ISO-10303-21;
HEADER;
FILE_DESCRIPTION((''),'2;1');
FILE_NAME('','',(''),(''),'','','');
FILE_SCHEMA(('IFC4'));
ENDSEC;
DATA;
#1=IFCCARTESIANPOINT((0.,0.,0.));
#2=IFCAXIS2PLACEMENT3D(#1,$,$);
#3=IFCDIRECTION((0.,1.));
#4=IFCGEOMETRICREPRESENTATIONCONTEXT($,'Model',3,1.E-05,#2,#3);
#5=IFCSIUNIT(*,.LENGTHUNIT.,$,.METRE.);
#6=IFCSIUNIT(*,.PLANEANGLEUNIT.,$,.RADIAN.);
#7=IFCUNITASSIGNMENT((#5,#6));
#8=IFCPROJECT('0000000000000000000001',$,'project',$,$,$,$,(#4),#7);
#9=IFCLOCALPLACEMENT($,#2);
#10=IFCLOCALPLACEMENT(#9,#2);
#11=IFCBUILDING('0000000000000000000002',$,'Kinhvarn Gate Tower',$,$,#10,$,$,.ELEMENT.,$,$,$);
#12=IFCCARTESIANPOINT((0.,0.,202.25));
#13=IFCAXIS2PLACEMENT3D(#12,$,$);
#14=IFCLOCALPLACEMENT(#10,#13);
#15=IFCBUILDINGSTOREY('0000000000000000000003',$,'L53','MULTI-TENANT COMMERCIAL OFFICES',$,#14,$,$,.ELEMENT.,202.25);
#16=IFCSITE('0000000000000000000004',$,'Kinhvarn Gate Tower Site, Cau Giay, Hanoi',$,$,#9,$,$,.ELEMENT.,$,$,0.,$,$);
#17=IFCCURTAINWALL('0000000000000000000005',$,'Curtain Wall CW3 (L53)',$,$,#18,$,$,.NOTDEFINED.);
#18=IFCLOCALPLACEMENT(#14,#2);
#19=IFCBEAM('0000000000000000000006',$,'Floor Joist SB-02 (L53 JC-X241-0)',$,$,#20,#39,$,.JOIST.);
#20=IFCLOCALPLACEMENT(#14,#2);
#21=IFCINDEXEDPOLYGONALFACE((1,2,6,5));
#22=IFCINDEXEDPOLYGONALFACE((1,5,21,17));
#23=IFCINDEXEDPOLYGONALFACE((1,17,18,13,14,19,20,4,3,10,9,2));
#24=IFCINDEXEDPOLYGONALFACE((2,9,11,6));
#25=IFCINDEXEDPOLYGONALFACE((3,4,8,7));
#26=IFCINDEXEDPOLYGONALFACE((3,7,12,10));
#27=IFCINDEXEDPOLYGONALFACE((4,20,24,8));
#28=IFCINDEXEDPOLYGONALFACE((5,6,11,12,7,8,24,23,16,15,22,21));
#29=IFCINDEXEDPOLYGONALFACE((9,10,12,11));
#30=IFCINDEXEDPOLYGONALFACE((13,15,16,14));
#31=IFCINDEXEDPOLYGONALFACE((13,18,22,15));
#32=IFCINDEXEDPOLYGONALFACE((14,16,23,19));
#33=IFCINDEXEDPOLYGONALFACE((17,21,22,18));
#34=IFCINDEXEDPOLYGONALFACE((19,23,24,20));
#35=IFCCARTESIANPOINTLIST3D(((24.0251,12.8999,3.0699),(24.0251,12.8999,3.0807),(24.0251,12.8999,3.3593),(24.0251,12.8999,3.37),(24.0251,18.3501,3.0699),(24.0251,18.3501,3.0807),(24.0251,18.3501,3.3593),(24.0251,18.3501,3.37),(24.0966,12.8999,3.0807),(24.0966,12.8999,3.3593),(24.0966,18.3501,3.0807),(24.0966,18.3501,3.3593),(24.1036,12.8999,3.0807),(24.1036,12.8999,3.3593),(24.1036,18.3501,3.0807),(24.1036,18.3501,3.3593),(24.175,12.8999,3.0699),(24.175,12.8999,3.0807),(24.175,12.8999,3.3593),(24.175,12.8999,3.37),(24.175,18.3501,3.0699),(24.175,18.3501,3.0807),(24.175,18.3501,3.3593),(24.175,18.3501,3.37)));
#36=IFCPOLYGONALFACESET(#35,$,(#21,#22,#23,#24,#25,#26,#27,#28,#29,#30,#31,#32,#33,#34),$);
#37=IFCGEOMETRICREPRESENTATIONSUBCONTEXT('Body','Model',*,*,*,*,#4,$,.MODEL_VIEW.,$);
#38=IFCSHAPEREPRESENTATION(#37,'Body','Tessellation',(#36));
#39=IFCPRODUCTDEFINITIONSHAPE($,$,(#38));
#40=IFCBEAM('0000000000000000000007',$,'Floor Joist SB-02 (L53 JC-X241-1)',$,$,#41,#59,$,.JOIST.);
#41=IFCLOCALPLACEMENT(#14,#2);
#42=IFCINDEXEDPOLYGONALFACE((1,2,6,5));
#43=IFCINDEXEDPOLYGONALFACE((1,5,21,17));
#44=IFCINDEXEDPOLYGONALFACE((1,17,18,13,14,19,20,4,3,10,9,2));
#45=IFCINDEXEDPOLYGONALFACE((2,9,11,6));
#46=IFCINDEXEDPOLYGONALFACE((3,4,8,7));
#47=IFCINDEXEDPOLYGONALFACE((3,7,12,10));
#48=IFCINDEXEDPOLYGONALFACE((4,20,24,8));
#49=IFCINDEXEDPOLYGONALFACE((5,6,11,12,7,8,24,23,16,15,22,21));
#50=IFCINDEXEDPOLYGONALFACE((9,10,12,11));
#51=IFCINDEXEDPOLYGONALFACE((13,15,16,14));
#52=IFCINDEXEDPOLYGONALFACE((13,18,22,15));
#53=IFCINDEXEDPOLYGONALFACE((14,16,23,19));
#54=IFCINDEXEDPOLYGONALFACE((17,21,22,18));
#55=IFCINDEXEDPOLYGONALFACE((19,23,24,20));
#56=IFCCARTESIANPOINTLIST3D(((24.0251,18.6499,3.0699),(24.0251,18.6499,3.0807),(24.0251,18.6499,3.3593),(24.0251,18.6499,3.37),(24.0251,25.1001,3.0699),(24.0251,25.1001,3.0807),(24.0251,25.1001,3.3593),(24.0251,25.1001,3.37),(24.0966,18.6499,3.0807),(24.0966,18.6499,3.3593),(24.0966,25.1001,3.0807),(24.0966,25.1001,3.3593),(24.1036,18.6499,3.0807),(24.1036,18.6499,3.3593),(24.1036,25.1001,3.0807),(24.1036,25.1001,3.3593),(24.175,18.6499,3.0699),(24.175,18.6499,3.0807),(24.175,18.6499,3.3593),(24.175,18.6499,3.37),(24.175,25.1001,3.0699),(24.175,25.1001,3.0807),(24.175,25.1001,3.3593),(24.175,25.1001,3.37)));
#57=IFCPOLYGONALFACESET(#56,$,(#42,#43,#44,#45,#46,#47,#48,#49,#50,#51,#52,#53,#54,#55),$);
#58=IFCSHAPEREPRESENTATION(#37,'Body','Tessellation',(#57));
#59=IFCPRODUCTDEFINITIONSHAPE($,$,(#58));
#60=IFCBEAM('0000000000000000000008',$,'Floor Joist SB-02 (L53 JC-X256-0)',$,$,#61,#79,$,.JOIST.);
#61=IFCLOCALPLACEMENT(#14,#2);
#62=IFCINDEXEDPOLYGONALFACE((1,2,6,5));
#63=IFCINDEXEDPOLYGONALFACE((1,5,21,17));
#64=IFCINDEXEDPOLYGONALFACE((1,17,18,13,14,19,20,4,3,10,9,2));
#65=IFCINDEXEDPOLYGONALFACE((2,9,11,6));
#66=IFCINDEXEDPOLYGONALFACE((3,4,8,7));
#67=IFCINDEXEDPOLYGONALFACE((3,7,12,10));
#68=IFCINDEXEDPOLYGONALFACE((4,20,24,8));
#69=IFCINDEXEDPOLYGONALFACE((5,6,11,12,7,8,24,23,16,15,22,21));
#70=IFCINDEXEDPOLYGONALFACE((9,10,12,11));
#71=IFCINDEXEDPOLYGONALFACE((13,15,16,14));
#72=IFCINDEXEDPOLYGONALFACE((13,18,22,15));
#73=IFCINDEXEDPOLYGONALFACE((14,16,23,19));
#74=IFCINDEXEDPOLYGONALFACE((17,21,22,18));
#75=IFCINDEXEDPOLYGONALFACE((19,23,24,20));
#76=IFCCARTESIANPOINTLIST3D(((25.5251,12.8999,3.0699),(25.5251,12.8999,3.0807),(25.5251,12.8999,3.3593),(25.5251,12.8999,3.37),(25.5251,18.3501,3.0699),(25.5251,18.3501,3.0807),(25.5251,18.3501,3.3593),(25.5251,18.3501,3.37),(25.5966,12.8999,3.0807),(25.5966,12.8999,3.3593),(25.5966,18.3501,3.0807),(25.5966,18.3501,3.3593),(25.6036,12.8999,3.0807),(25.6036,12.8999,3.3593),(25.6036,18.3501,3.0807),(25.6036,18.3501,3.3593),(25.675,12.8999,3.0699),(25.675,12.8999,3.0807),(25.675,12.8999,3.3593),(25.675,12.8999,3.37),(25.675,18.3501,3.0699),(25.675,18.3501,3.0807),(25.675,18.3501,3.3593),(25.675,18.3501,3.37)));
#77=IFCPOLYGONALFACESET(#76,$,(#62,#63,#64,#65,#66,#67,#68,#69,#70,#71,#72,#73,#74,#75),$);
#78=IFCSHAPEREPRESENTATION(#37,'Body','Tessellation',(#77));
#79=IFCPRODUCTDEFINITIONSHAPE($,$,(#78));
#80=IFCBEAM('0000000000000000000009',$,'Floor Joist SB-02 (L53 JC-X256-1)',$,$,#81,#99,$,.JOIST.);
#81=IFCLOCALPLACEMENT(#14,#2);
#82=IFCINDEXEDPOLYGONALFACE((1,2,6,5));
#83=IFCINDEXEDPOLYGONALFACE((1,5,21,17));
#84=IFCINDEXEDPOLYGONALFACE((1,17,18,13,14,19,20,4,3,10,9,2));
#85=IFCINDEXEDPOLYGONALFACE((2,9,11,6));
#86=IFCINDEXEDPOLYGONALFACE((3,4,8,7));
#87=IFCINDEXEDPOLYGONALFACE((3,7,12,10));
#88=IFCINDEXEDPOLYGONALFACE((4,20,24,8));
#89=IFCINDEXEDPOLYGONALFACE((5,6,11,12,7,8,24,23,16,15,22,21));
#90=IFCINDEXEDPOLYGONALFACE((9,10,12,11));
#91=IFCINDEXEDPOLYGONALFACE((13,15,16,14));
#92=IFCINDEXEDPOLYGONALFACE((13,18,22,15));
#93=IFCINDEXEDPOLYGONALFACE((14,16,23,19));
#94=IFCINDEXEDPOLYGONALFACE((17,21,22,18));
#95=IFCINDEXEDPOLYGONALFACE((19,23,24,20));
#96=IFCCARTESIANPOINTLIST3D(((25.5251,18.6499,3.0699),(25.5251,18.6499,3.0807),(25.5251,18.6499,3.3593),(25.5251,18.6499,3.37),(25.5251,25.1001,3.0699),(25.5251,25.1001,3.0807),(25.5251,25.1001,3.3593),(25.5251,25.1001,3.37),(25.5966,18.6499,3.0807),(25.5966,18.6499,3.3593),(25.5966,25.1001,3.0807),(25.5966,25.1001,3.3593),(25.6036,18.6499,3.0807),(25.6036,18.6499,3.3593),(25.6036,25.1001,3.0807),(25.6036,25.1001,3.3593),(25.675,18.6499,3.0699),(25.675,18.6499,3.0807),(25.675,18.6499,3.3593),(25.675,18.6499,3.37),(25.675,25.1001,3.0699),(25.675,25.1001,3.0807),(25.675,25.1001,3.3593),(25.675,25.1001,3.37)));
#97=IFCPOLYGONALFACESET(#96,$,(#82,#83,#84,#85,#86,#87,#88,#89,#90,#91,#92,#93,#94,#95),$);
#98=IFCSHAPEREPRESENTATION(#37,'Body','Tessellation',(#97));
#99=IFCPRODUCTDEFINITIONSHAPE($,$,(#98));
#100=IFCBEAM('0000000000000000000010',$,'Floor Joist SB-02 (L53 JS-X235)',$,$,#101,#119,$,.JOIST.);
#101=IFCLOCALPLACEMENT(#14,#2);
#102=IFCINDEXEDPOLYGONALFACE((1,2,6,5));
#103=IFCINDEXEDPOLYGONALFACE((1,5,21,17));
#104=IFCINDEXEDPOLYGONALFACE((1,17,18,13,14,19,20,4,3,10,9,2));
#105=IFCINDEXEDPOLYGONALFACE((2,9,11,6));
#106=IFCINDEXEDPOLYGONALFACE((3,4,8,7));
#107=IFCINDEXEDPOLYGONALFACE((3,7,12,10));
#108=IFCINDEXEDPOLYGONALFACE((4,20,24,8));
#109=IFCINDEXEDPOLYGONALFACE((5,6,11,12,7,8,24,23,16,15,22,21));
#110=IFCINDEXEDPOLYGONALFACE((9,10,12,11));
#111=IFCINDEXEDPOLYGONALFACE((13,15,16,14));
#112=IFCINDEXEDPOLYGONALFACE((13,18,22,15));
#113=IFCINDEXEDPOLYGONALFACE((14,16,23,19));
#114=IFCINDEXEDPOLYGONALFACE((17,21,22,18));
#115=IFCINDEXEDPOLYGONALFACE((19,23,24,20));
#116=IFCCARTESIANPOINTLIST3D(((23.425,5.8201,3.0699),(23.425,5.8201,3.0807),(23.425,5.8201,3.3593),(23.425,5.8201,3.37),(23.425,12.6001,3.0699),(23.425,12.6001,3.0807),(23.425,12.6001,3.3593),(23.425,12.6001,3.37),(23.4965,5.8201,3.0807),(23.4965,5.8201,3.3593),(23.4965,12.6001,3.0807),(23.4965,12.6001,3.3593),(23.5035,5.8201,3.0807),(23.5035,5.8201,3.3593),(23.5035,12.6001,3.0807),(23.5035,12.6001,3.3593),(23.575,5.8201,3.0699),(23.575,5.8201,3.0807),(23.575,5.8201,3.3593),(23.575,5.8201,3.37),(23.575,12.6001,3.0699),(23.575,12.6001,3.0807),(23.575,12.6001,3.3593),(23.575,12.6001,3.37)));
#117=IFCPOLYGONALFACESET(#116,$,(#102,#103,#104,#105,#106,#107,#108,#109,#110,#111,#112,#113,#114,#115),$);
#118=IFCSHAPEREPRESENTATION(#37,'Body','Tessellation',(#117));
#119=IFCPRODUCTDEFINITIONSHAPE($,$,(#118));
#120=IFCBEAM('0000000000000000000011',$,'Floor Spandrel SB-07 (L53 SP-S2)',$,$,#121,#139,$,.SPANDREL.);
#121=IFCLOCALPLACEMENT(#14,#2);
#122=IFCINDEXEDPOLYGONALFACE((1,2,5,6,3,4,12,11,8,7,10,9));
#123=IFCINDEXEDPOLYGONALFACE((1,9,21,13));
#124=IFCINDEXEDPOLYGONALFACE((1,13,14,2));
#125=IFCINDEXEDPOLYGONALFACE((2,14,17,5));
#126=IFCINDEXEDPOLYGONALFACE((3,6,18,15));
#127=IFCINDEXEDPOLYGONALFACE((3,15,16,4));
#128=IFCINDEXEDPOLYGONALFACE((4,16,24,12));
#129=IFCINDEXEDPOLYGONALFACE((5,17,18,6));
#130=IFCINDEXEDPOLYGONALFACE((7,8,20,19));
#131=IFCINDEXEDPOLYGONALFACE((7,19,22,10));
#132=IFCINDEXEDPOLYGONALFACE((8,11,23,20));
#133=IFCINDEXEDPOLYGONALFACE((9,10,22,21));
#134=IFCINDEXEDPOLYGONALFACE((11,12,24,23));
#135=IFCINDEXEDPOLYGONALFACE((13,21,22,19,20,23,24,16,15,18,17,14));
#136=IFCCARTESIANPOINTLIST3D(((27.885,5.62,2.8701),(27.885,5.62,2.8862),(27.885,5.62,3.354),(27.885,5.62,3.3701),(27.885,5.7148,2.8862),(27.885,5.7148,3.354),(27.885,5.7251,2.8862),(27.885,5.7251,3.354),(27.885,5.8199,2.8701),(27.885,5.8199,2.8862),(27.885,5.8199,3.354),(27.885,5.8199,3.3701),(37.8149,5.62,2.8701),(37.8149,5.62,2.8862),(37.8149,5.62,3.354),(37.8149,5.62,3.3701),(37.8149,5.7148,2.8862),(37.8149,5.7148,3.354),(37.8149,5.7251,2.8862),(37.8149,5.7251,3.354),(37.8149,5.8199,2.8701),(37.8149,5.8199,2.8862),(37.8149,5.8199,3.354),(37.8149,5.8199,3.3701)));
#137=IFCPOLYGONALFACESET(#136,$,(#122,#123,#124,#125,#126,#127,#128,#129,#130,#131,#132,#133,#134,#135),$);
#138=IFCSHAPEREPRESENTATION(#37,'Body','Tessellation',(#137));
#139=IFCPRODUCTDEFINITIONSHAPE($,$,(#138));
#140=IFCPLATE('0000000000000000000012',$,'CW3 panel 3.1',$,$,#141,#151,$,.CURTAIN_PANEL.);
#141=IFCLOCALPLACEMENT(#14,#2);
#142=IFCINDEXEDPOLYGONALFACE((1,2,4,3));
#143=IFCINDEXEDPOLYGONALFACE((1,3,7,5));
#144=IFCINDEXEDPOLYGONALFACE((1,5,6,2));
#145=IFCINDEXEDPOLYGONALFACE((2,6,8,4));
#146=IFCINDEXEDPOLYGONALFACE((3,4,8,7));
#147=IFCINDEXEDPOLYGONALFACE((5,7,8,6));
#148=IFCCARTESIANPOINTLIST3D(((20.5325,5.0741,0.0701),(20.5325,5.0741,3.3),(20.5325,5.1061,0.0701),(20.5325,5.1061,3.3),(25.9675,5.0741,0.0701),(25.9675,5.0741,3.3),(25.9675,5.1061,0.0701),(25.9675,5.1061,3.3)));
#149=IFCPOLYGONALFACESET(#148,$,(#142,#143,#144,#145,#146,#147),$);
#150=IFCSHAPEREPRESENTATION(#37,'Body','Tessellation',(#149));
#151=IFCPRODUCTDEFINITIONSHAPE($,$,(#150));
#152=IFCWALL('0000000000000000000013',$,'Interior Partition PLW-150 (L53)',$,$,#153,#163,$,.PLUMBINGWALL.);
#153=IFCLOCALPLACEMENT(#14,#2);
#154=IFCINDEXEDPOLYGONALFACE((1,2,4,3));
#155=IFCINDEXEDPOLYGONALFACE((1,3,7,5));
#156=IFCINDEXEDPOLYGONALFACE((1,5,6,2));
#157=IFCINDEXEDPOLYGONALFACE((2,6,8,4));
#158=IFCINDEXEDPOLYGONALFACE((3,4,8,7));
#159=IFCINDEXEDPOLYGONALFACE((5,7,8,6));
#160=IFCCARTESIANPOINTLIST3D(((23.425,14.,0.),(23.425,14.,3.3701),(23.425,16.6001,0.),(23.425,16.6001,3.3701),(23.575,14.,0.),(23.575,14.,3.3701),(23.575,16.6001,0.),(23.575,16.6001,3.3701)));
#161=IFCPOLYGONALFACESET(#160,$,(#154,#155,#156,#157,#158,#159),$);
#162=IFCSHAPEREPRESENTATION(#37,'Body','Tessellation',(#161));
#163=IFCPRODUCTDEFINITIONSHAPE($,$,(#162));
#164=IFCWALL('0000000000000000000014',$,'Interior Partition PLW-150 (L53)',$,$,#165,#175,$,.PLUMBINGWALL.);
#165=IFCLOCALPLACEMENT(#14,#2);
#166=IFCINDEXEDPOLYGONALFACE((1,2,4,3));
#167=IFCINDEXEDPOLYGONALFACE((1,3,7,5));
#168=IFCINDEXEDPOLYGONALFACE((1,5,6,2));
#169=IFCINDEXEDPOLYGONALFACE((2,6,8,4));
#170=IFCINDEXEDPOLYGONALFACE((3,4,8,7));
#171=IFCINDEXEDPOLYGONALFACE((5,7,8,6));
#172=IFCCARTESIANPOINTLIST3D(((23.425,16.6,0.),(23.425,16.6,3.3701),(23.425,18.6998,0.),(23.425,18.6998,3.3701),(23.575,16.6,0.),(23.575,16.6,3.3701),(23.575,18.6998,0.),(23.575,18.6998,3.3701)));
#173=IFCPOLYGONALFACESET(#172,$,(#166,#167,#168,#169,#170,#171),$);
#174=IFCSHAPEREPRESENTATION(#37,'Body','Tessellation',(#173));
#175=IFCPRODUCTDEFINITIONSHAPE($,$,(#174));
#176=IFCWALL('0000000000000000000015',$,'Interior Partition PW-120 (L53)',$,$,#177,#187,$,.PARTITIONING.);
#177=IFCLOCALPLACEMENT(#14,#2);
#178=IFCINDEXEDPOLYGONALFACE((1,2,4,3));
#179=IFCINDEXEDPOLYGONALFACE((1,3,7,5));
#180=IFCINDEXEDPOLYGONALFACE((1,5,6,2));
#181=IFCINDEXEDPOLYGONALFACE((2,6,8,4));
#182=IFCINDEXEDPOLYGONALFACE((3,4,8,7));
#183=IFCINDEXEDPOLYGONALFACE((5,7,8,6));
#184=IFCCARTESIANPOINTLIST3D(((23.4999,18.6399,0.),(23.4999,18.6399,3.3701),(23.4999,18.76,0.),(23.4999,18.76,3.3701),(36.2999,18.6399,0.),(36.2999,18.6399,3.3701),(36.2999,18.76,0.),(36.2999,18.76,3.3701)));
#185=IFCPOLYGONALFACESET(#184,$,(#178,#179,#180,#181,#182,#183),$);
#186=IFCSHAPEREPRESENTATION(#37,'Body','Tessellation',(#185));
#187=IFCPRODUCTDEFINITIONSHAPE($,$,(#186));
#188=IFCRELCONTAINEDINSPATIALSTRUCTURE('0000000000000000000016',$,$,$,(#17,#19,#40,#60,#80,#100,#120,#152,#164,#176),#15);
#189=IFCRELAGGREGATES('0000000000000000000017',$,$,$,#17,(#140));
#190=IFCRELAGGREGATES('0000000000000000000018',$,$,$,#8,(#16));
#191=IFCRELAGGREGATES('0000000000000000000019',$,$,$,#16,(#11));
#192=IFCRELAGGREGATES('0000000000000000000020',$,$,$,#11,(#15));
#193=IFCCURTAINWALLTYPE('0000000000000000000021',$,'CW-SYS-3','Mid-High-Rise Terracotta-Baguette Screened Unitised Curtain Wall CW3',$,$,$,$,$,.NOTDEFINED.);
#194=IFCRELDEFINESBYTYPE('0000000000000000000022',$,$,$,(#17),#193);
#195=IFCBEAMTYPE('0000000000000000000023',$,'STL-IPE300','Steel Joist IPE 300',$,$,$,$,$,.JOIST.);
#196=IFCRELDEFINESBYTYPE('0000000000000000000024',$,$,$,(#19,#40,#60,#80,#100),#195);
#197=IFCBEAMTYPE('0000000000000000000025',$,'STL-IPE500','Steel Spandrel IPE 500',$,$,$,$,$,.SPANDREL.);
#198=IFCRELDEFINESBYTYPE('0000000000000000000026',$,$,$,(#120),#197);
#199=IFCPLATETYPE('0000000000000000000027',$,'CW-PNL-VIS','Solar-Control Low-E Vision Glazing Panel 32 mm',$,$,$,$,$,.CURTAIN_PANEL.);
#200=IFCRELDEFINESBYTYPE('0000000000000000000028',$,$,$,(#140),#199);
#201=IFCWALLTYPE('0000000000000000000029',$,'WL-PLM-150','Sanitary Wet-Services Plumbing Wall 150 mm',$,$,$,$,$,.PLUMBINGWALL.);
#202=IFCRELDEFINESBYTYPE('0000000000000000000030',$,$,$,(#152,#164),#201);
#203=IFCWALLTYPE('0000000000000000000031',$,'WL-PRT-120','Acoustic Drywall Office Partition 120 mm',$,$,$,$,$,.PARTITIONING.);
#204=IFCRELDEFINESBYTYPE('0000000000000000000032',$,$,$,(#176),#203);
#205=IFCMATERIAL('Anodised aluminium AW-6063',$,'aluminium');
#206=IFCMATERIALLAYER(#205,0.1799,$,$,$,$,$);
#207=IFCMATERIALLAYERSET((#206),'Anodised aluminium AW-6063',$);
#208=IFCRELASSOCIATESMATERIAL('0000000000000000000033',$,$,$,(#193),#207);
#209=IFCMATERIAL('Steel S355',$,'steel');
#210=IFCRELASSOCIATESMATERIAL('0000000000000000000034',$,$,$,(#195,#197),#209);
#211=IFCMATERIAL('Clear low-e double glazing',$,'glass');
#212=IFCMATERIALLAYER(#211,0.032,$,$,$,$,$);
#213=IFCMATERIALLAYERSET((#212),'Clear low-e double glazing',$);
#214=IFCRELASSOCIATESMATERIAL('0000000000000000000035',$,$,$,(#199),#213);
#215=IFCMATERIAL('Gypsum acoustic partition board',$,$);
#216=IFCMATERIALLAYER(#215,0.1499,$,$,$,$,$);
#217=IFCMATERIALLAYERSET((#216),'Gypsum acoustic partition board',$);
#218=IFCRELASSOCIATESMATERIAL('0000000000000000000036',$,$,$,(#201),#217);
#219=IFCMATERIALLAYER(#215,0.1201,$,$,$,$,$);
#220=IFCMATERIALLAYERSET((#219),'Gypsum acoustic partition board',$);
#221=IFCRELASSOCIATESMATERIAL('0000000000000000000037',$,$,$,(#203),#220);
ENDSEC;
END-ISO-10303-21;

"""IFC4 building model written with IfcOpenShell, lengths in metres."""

from ifc_helpers import new_model, si_unit, direction, frame, frame_2d, origin, origin_2d, place, context, subcontext, project, spatial, rectangle, i_section, extrude, material, layer, layer_set, material_profile, profile_set, type_object, element, aggregate, save


model = new_model("IFC4")

# Units and contexts
model_context = context("Model", 3, precision=1e-05, world=origin(), true_north=direction((0.0, 1.0)))
body_context = subcontext(model_context, "Body", "Model", "MODEL_VIEW")
ifc_project = project(units=[si_unit("LENGTHUNIT", "METRE"), si_unit("PLANEANGLEUNIT", "RADIAN")], contexts=[model_context])

# Site, building, storey
site_placement = place(None, origin())
site = spatial("IfcSite", under=ifc_project, at=site_placement, Name="Kinhvarn Gate Tower Site, Cau Giay, Hanoi", CompositionType="ELEMENT", RefElevation=0.0)
building_placement = place(site_placement, origin())
building = spatial("IfcBuilding", under=site, at=building_placement, Name="Kinhvarn Gate Tower", CompositionType="ELEMENT")
storey_placement = place(building_placement, frame((0.0, 0.0, 202.25)))
storey = spatial("IfcBuildingStorey", under=building, at=storey_placement, Name="L53", Description="MULTI-TENANT COMMERCIAL OFFICES", CompositionType="ELEMENT", Elevation=202.25)

# Curtain wall
ifc_material_1 = material(Name="Anodised aluminium AW-6063", Category="aluminium")
ifc_layer_1 = layer(ifc_material_1, 0.1799)
ifc_layer_set_1 = layer_set([ifc_layer_1], Name="Anodised aluminium AW-6063")
curtain_wall_type = type_object("IfcCurtainWallType", Name="CW-SYS-3", Description="Mid-High-Rise Terracotta-Baguette Screened Unitised Curtain Wall CW3", PredefinedType="NOTDEFINED", material=ifc_layer_set_1)
curtain_wall_placement = place(storey_placement, origin())
curtain_wall = element("IfcCurtainWall", 1, at=curtain_wall_placement, inside=storey, type_object=curtain_wall_type, Name="Curtain Wall CW3 (L53)", PredefinedType="NOTDEFINED")

# Beams
ifc_material_2 = material(Name="Steel S355", Category="steel")
ifc_material_profile_1 = material_profile(ifc_material_2, i_section(OverallWidth=0.1499, OverallDepth=0.3, WebThickness=0.0071, FlangeThickness=0.0107, at=origin_2d()), Name="IPE 300")
ifc_profile_set_1 = profile_set([ifc_material_profile_1], Name="Steel S355")
beam_type_1 = type_object("IfcBeamType", Name="STL-IPE300", Description="Steel Joist IPE 300", PredefinedType="JOIST", material=ifc_profile_set_1)
beam_1_placement = place(storey_placement, frame((24.1001, 12.8999, 3.22), z_axis=(0.0, 1.0, 0.0), x_axis=(-1.0, 0.0, 0.0)))
element("IfcBeam", 2, at=beam_1_placement, inside=storey, type_object=beam_type_1, Name="Floor Joist SB-02 (L53 JC-X241-0)", PredefinedType="JOIST", context=body_context, shape_type="SweptSolid", body=[
    extrude(i_section(OverallWidth=0.1499, OverallDepth=0.3, WebThickness=0.0071, FlangeThickness=0.0107, at=origin_2d()), origin(), (0.0, 0.0, 1.0), 5.4502),
])
beam_2_placement = place(storey_placement, frame((24.1001, 18.6499, 3.22), z_axis=(0.0, 1.0, 0.0), x_axis=(-1.0, 0.0, 0.0)))
element("IfcBeam", 3, at=beam_2_placement, inside=storey, type_object=beam_type_1, Name="Floor Joist SB-02 (L53 JC-X241-1)", PredefinedType="JOIST", context=body_context, shape_type="SweptSolid", body=[
    extrude(i_section(OverallWidth=0.1499, OverallDepth=0.3, WebThickness=0.0071, FlangeThickness=0.0107, at=origin_2d()), origin(), (0.0, 0.0, 1.0), 6.4502),
])
beam_3_placement = place(storey_placement, frame((25.6001, 12.8999, 3.22), z_axis=(0.0, 1.0, 0.0), x_axis=(-1.0, 0.0, 0.0)))
element("IfcBeam", 4, at=beam_3_placement, inside=storey, type_object=beam_type_1, Name="Floor Joist SB-02 (L53 JC-X256-0)", PredefinedType="JOIST", context=body_context, shape_type="SweptSolid", body=[
    extrude(i_section(OverallWidth=0.1499, OverallDepth=0.3, WebThickness=0.0071, FlangeThickness=0.0107, at=origin_2d()), origin(), (0.0, 0.0, 1.0), 5.4502),
])
beam_4_placement = place(storey_placement, frame((25.6001, 18.6499, 3.22), z_axis=(0.0, 1.0, 0.0), x_axis=(-1.0, 0.0, 0.0)))
element("IfcBeam", 5, at=beam_4_placement, inside=storey, type_object=beam_type_1, Name="Floor Joist SB-02 (L53 JC-X256-1)", PredefinedType="JOIST", context=body_context, shape_type="SweptSolid", body=[
    extrude(i_section(OverallWidth=0.1499, OverallDepth=0.3, WebThickness=0.0071, FlangeThickness=0.0107, at=origin_2d()), origin(), (0.0, 0.0, 1.0), 6.4502),
])
beam_5_placement = place(storey_placement, frame((23.5, 5.8201, 3.22), z_axis=(0.0, 1.0, 0.0), x_axis=(-1.0, 0.0, 0.0)))
element("IfcBeam", 6, at=beam_5_placement, inside=storey, type_object=beam_type_1, Name="Floor Joist SB-02 (L53 JS-X235)", PredefinedType="JOIST", context=body_context, shape_type="SweptSolid", body=[
    extrude(i_section(OverallWidth=0.1499, OverallDepth=0.3, WebThickness=0.0071, FlangeThickness=0.0107, at=origin_2d()), origin(), (0.0, 0.0, 1.0), 6.78),
])
ifc_material_profile_2 = material_profile(ifc_material_2, i_section(OverallWidth=0.2, OverallDepth=0.5, WebThickness=0.0103, FlangeThickness=0.0161, at=origin_2d()), Name="IPE 500")
ifc_profile_set_2 = profile_set([ifc_material_profile_2], Name="Steel S355")
beam_type_2 = type_object("IfcBeamType", Name="STL-IPE500", Description="Steel Spandrel IPE 500", PredefinedType="SPANDREL", material=ifc_profile_set_2)
beam_6_placement = place(storey_placement, frame((27.885, 5.72, 3.1201), z_axis=(1.0, 0.0, 0.0), x_axis=(0.0, 1.0, 0.0)))
element("IfcBeam", 7, at=beam_6_placement, inside=storey, type_object=beam_type_2, Name="Floor Spandrel SB-07 (L53 SP-S2)", PredefinedType="SPANDREL", context=body_context, shape_type="SweptSolid", body=[
    extrude(i_section(OverallWidth=0.2, OverallDepth=0.5, WebThickness=0.0103, FlangeThickness=0.0161, at=origin_2d()), origin(), (0.0, 0.0, 1.0), 9.9299),
])

# Plate
ifc_material_3 = material(Name="Clear low-e double glazing", Category="glass")
ifc_layer_2 = layer(ifc_material_3, 0.032)
ifc_layer_set_2 = layer_set([ifc_layer_2], Name="Clear low-e double glazing")
plate_type = type_object("IfcPlateType", Name="CW-PNL-VIS", Description="Solar-Control Low-E Vision Glazing Panel 32 mm", PredefinedType="CURTAIN_PANEL", material=ifc_layer_set_2)
plate_placement = place(storey_placement, frame((23.25, 5.0901, 0.0701), z_axis=(0.0, 0.0, 1.0), x_axis=(1.0, 0.0, 0.0)))
plate = element("IfcPlate", 8, at=plate_placement, type_object=plate_type, Name="CW3 panel 3.1", PredefinedType="CURTAIN_PANEL", context=body_context, shape_type="SweptSolid", body=[
    extrude(rectangle(XDim=5.4351, YDim=0.032, at=origin_2d()), origin(), (0.0, 0.0, 1.0), 3.23),
])
aggregate(curtain_wall, [plate])

# Walls
ifc_material_4 = material(Name="Gypsum acoustic partition board")
ifc_layer_3 = layer(ifc_material_4, 0.1499)
ifc_layer_set_3 = layer_set([ifc_layer_3], Name="Gypsum acoustic partition board")
wall_type_1 = type_object("IfcWallType", Name="WL-PLM-150", Description="Sanitary Wet-Services Plumbing Wall 150 mm", PredefinedType="PLUMBINGWALL", material=ifc_layer_set_3)
wall_1_placement = place(storey_placement, frame((23.5, 14.0, 0.0), z_axis=(0.0, 0.0, 1.0), x_axis=(0.0, 1.0, 0.0)))
element("IfcWall", 9, at=wall_1_placement, inside=storey, type_object=wall_type_1, Name="Interior Partition PLW-150 (L53)", PredefinedType="PLUMBINGWALL", context=body_context, shape_type="SweptSolid", body=[
    extrude(rectangle(XDim=2.6001, YDim=0.1499, at=frame_2d((1.3, 0.0))), origin(), (0.0, 0.0, 1.0), 3.3701),
])
wall_2_placement = place(storey_placement, frame((23.5, 16.6001, 0.0), z_axis=(0.0, 0.0, 1.0), x_axis=(0.0, 1.0, 0.0)))
element("IfcWall", 10, at=wall_2_placement, inside=storey, type_object=wall_type_1, Name="Interior Partition PLW-150 (L53)", PredefinedType="PLUMBINGWALL", context=body_context, shape_type="SweptSolid", body=[
    extrude(rectangle(XDim=2.0999, YDim=0.1499, at=frame_2d((1.0498, 0.0))), origin(), (0.0, 0.0, 1.0), 3.3701),
])
ifc_layer_4 = layer(ifc_material_4, 0.1201)
ifc_layer_set_4 = layer_set([ifc_layer_4], Name="Gypsum acoustic partition board")
wall_type_2 = type_object("IfcWallType", Name="WL-PRT-120", Description="Acoustic Drywall Office Partition 120 mm", PredefinedType="PARTITIONING", material=ifc_layer_set_4)
for number, where, z_axis, x_axis, name in (
    (11, (23.5, 18.7, 0.0), (0.0, 0.0, 1.0), (1.0, 0.0, 0.0), "Interior Partition PW-120 (L53)"),
):
    element("IfcWall", number, at=place(storey_placement, frame(where, z_axis=z_axis, x_axis=x_axis)), inside=storey, type_object=wall_type_2, Name=name, PredefinedType="PARTITIONING", context=body_context, shape_type="SweptSolid", body=[
        extrude(rectangle(XDim=12.8, YDim=0.1201, at=frame_2d((6.3999, 0.0))), origin(), (0.0, 0.0, 1.0), 3.3701),
    ])

save(model, "model.ifc")
